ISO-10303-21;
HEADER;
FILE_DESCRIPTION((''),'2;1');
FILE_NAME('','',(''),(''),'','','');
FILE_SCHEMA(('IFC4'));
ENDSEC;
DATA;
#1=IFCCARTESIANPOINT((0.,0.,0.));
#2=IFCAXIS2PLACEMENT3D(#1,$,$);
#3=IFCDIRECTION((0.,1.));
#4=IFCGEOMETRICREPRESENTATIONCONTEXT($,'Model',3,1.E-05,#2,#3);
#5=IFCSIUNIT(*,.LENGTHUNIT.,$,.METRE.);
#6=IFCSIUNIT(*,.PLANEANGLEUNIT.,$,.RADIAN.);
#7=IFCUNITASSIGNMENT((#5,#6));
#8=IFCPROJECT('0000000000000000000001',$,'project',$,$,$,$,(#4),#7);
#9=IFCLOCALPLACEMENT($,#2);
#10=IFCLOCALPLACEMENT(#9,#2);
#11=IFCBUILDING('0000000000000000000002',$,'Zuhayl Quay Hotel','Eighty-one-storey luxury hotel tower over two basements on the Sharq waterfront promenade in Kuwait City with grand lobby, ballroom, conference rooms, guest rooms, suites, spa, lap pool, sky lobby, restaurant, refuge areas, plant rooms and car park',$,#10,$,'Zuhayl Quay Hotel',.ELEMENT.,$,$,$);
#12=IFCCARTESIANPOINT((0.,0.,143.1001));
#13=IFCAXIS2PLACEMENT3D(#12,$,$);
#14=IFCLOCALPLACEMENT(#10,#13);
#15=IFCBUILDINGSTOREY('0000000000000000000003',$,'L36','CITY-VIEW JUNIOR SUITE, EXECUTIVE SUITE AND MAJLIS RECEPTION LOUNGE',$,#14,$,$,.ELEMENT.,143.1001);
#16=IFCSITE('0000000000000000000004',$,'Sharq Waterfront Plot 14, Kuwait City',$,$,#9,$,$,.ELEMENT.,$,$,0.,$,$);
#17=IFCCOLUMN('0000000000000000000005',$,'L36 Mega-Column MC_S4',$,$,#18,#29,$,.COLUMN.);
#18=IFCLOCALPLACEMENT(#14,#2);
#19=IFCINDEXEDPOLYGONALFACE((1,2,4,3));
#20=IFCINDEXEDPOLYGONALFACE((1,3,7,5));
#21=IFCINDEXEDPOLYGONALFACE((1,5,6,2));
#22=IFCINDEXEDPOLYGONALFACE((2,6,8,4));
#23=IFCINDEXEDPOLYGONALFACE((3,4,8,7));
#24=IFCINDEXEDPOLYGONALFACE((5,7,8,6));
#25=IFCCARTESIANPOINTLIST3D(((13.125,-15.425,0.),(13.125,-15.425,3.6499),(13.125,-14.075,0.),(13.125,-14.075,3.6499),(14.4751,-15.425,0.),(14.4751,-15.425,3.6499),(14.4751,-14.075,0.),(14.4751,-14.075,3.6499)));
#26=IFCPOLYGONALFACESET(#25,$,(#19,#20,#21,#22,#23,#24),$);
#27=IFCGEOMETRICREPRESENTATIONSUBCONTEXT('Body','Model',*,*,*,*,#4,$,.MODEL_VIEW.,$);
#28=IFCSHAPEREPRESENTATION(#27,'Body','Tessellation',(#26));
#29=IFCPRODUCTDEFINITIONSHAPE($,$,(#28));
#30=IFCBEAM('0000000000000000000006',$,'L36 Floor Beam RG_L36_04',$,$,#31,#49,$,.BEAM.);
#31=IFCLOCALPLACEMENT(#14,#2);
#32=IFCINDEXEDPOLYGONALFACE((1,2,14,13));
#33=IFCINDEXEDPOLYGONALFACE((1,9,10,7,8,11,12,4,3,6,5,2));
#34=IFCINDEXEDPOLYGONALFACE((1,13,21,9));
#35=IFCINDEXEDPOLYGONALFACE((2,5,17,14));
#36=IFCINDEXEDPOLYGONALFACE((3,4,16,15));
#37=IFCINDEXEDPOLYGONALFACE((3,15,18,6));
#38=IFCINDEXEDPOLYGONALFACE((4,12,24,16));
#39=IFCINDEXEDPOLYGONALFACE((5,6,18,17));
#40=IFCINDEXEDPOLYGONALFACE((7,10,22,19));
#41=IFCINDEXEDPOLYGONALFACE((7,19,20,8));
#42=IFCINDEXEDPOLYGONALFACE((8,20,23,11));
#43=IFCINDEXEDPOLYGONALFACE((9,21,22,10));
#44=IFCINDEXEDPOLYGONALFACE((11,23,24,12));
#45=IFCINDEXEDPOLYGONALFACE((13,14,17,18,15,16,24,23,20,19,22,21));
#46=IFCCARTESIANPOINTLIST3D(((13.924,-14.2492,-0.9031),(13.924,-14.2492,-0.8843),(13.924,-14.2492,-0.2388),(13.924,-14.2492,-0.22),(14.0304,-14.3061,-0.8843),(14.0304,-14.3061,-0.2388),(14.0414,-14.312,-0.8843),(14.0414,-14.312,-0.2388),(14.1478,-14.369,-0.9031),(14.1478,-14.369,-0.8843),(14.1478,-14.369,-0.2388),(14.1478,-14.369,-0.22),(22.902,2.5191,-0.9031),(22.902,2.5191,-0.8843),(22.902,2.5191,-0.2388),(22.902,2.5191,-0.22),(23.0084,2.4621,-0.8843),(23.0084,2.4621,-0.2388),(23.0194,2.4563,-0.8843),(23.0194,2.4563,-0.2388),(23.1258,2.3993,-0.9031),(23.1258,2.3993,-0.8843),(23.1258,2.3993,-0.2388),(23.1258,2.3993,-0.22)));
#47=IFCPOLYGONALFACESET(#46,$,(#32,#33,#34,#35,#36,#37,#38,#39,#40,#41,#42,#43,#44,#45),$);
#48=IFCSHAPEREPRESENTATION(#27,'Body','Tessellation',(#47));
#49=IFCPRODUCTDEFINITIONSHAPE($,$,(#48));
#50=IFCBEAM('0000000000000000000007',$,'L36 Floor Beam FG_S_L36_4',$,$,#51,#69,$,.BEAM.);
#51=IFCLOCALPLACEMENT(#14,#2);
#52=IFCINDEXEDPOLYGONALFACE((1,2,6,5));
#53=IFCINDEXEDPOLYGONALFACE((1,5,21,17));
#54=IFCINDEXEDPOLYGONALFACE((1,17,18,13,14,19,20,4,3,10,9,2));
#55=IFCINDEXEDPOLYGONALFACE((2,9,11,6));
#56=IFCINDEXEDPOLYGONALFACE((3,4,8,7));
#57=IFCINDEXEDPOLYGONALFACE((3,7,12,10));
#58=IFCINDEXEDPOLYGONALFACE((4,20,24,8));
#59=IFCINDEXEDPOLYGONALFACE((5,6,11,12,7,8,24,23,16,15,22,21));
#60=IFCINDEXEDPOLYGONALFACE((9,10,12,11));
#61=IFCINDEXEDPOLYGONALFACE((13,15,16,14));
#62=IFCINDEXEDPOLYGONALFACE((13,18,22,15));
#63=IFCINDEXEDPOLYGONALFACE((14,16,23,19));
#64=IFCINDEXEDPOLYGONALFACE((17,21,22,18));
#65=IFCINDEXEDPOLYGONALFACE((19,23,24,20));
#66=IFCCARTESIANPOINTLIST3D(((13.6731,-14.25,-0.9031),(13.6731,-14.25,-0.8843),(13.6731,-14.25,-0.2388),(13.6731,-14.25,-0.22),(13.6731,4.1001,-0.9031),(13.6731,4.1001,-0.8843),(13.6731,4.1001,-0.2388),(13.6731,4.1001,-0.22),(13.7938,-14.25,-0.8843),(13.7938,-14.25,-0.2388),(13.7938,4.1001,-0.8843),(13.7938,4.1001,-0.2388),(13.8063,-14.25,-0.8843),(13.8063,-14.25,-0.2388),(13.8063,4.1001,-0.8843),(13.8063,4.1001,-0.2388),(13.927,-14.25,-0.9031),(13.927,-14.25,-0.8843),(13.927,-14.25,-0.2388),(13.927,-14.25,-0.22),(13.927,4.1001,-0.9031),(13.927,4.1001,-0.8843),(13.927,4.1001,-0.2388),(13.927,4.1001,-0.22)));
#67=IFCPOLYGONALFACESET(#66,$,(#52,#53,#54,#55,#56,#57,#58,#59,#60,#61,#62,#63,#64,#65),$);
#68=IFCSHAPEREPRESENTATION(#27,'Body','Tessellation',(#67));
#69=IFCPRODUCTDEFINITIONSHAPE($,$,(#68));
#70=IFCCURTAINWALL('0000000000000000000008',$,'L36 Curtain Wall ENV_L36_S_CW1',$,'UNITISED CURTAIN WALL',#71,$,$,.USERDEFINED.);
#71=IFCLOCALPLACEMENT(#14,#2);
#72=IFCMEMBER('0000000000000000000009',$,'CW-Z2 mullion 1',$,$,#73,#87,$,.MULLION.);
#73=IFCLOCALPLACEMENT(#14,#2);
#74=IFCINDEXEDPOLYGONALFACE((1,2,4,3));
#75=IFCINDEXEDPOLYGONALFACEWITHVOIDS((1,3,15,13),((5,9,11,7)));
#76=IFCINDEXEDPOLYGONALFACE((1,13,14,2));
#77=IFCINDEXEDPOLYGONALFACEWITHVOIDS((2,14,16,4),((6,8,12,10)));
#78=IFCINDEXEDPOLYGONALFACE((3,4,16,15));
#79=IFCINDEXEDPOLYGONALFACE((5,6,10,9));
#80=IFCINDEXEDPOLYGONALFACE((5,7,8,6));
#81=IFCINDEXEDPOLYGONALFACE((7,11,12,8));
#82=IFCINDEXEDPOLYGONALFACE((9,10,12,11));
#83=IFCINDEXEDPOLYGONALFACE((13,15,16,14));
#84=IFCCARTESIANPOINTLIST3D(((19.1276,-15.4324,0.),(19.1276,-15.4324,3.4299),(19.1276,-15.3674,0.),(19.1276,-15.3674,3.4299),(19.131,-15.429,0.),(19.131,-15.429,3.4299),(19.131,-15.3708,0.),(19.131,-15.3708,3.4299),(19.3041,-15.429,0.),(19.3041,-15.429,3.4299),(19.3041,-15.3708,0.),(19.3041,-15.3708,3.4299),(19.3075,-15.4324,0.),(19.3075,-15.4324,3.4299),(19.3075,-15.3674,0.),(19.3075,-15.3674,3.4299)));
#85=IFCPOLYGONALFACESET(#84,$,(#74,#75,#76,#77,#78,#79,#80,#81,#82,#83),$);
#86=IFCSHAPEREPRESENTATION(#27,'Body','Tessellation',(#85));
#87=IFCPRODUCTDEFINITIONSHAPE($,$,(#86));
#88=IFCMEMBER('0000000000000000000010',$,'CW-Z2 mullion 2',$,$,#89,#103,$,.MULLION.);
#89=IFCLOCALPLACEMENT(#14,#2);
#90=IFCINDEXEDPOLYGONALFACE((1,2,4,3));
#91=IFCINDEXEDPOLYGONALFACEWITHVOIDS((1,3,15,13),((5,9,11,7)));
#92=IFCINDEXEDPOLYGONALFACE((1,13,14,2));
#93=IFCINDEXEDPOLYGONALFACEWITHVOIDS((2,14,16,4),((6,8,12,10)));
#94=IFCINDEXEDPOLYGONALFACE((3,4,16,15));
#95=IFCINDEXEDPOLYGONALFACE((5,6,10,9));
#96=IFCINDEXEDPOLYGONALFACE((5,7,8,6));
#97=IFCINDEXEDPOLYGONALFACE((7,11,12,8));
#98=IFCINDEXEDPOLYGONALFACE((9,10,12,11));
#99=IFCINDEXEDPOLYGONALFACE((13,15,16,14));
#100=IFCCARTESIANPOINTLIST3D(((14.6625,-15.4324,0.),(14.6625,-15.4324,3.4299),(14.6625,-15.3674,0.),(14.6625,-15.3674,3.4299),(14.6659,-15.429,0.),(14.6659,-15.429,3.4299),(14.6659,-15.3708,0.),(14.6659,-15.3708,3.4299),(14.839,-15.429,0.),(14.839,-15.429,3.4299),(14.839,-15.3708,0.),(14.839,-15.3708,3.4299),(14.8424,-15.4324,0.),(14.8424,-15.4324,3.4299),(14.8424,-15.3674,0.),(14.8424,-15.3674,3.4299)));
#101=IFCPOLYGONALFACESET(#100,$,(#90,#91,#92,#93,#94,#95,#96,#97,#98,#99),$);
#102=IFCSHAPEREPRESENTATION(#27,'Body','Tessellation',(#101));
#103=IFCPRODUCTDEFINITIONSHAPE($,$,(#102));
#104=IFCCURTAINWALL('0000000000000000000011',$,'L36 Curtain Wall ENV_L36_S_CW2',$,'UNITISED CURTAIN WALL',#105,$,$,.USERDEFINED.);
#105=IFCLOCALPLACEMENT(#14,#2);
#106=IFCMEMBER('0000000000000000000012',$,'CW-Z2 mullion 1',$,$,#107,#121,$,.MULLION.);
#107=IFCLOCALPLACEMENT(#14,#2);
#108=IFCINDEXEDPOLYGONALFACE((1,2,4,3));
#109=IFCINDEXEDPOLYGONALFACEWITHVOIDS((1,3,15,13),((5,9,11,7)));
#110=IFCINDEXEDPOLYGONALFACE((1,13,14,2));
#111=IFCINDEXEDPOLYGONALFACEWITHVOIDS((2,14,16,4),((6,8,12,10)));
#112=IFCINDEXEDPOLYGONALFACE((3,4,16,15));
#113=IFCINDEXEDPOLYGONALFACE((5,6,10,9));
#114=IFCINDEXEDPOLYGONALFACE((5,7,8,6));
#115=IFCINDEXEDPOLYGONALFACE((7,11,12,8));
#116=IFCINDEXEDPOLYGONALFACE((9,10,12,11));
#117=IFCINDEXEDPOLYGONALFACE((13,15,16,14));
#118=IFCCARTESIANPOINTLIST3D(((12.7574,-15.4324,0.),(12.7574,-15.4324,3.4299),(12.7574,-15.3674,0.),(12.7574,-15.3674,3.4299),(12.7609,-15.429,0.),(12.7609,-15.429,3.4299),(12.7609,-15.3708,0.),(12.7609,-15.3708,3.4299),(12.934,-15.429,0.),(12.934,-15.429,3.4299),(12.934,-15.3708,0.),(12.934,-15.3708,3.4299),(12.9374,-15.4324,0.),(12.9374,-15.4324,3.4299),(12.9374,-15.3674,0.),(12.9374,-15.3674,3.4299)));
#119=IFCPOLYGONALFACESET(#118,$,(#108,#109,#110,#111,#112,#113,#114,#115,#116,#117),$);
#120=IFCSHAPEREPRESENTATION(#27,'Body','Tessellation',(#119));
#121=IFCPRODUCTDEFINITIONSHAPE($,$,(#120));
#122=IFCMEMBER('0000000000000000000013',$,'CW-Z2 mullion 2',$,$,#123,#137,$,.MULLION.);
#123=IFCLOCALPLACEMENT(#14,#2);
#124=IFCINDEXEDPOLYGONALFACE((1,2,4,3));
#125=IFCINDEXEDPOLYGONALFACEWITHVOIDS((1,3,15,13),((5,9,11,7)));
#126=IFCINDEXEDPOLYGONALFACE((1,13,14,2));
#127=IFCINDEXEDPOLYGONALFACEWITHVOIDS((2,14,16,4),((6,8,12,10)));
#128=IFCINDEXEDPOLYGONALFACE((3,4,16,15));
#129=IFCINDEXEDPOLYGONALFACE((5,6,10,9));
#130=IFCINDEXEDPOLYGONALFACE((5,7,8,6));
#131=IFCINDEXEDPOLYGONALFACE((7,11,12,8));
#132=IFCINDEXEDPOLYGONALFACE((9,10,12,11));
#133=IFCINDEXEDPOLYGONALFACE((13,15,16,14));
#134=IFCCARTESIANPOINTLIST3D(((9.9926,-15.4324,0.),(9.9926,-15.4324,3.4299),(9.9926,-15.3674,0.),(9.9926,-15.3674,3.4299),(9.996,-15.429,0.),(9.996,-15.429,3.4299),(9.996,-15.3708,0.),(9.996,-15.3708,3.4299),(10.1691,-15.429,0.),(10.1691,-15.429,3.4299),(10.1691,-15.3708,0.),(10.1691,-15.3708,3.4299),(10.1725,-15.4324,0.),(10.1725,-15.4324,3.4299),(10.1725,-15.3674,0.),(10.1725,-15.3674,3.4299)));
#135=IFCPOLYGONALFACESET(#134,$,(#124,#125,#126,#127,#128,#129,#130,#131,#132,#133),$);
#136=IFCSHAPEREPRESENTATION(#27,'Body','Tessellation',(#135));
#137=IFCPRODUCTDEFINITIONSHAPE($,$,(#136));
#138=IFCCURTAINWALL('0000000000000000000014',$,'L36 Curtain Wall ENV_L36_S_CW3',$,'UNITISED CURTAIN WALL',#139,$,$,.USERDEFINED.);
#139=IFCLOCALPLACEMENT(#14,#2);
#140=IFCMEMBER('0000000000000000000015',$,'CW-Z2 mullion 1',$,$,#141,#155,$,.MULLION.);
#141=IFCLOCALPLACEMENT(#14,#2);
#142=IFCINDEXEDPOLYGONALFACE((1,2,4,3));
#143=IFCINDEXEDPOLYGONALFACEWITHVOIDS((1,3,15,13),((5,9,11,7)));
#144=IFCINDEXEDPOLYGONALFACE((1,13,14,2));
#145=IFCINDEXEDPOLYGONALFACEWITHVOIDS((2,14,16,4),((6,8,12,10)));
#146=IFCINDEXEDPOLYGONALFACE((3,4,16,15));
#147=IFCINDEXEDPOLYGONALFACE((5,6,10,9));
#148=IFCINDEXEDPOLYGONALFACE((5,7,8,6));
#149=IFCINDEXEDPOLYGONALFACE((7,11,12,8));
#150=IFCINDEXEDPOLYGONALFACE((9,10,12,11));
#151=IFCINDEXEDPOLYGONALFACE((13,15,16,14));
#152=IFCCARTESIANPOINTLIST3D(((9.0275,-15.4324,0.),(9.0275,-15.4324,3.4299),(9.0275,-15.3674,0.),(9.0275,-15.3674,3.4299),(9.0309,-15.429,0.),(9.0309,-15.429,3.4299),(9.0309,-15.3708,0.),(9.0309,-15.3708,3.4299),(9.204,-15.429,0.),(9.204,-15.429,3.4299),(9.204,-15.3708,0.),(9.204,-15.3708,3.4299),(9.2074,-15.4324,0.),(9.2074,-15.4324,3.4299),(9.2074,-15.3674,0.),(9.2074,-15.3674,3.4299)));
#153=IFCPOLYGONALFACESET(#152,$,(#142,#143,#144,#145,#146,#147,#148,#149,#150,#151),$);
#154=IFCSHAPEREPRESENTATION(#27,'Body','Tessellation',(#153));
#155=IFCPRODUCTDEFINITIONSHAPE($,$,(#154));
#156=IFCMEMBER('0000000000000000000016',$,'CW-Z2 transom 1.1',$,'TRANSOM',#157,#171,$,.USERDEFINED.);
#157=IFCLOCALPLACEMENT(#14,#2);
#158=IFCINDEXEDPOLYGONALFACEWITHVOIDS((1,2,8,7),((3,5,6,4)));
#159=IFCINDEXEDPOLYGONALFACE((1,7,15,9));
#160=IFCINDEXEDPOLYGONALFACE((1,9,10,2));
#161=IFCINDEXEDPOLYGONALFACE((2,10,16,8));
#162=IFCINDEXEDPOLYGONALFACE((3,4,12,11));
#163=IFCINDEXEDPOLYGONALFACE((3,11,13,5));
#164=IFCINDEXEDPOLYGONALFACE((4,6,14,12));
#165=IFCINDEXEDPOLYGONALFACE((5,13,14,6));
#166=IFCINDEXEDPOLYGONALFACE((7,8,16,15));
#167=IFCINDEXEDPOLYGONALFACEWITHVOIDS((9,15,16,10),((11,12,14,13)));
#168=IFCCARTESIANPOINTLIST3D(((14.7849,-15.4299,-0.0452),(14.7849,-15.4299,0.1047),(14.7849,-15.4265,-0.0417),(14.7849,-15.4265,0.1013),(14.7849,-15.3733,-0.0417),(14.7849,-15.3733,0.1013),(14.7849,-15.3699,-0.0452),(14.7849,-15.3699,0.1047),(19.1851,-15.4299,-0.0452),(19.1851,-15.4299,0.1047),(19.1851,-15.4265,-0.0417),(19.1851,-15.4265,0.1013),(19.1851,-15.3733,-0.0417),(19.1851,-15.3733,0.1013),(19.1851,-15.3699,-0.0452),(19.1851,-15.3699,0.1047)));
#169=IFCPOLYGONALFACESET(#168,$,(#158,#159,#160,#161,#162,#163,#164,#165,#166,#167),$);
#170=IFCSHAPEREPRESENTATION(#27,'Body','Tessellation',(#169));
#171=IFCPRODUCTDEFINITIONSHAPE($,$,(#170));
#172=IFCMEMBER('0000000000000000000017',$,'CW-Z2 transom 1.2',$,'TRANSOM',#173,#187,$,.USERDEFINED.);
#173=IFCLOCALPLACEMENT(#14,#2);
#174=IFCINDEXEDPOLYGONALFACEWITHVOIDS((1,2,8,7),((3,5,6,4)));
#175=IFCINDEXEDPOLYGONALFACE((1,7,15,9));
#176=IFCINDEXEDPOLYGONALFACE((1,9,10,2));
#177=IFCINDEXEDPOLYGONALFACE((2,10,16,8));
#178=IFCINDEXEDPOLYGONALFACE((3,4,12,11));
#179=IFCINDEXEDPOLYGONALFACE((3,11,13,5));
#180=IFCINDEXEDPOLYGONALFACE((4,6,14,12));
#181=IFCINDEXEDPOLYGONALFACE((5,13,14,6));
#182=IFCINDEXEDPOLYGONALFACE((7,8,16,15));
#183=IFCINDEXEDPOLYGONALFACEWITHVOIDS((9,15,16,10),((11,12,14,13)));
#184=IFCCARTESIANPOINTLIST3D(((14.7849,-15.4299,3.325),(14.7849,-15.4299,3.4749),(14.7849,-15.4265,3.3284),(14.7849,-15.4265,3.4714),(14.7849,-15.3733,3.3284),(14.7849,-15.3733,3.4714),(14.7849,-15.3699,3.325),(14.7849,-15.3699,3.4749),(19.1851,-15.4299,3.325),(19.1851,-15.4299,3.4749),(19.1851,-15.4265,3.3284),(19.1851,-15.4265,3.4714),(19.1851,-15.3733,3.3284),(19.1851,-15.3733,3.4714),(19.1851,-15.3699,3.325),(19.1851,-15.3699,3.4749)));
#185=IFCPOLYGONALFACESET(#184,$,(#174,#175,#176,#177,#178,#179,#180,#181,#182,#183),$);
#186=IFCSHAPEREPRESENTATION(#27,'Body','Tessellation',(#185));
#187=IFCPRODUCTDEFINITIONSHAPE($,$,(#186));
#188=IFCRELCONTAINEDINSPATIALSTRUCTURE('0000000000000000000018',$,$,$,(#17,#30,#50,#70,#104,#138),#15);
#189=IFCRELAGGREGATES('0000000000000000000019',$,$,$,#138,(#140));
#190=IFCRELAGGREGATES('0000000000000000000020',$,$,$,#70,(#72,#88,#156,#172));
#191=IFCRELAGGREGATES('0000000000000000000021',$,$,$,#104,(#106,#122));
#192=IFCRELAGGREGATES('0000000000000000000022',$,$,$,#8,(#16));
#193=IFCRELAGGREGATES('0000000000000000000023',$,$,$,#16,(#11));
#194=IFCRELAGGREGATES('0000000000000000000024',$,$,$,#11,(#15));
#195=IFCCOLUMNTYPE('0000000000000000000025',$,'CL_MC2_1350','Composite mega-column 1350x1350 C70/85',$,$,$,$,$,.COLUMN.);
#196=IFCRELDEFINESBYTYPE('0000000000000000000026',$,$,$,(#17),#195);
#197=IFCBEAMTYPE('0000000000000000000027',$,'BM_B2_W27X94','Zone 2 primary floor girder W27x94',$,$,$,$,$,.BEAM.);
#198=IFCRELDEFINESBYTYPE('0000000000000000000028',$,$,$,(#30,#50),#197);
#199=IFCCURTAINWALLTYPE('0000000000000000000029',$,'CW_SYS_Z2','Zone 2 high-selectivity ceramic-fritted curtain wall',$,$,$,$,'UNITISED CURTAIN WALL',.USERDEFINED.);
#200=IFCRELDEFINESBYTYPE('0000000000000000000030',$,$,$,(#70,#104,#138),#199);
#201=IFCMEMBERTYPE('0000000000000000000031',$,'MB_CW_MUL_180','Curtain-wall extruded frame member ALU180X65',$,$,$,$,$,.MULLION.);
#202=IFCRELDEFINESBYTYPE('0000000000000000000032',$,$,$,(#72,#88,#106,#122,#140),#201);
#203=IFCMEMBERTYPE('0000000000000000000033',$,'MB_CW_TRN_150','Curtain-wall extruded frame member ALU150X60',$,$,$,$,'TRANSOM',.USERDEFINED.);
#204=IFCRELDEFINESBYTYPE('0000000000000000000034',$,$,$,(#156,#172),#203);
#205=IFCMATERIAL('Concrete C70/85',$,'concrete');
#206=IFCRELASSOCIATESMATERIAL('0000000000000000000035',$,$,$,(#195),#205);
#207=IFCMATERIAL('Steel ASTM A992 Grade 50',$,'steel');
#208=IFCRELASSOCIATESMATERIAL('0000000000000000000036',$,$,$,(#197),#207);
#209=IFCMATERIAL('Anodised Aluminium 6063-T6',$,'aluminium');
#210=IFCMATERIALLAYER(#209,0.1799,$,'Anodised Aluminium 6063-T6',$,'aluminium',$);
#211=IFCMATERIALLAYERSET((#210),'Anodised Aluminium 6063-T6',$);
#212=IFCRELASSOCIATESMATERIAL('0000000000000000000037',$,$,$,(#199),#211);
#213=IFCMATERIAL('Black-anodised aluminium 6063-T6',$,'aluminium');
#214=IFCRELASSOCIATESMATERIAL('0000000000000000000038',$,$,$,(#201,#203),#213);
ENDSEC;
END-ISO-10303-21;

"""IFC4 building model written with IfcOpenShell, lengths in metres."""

from ifc_helpers import new_model, si_unit, direction, frame, origin, origin_2d, place, context, subcontext, project, spatial, rectangle, hollow_rectangle, i_section, extrude, material, layer, layer_set, material_profile, profile_set, type_object, element, aggregate, save


model = new_model("IFC4")

# Units and contexts
model_context = context("Model", 3, precision=1e-05, world=origin(), true_north=direction((0.0, 1.0)))
body_context = subcontext(model_context, "Body", "Model", "MODEL_VIEW")
ifc_project = project(units=[si_unit("LENGTHUNIT", "METRE"), si_unit("PLANEANGLEUNIT", "RADIAN")], contexts=[model_context])

# Site, building, storey
site_placement = place(None, origin())
site = spatial("IfcSite", under=ifc_project, at=site_placement, Name="Sharq Waterfront Plot 14, Kuwait City", CompositionType="ELEMENT", RefElevation=0.0)
building_placement = place(site_placement, origin())
building = spatial("IfcBuilding", under=site, at=building_placement, Name="Zuhayl Quay Hotel", Description="Eighty-one-storey luxury hotel tower over two basements on the Sharq waterfront promenade in Kuwait City with grand lobby, ballroom, conference rooms, guest rooms, suites, spa, lap pool, sky lobby, restaurant, refuge areas, plant rooms and car park", LongName="Zuhayl Quay Hotel", CompositionType="ELEMENT")
storey_placement = place(building_placement, frame((0.0, 0.0, 143.1001)))
storey = spatial("IfcBuildingStorey", under=building, at=storey_placement, Name="L36", Description="CITY-VIEW JUNIOR SUITE, EXECUTIVE SUITE AND MAJLIS RECEPTION LOUNGE", CompositionType="ELEMENT", Elevation=143.1001)

# Column
ifc_material_1 = material(Name="Concrete C70/85", Category="concrete")
ifc_material_profile_1 = material_profile(ifc_material_1, rectangle(XDim=1.3501, YDim=1.3501, at=origin_2d()), Name="RC1350X1350")
ifc_profile_set_1 = profile_set([ifc_material_profile_1], Name="Concrete C70/85")
column_type = type_object("IfcColumnType", Name="CL_MC2_1350", Description="Composite mega-column 1350x1350 C70/85", PredefinedType="COLUMN", material=ifc_profile_set_1)
column_placement = place(storey_placement, frame((13.8, -14.75, 0.0), z_axis=(0.0, 0.0, 1.0), x_axis=(1.0, 0.0, 0.0)))
element("IfcColumn", 1, at=column_placement, inside=storey, type_object=column_type, Name="L36 Mega-Column MC_S4", PredefinedType="COLUMN", context=body_context, shape_type="SweptSolid", body=[
    extrude(rectangle(XDim=1.3501, YDim=1.3501, at=origin_2d()), origin(), (0.0, 0.0, 1.0), 3.6499),
])

# Beams
ifc_material_2 = material(Name="Steel ASTM A992 Grade 50", Category="steel")
ifc_material_profile_2 = material_profile(ifc_material_2, i_section(OverallWidth=0.2539, OverallDepth=0.6831, WebThickness=0.0125, FlangeThickness=0.0188, at=origin_2d()), Name="W27X94")
ifc_profile_set_2 = profile_set([ifc_material_profile_2], Name="Steel ASTM A992 Grade 50")
beam_type = type_object("IfcBeamType", Name="BM_B2_W27X94", Description="Zone 2 primary floor girder W27x94", PredefinedType="BEAM", material=ifc_profile_set_2)
beam_1_placement = place(storey_placement, frame((14.0359, -14.3091, -0.5615), z_axis=(0.472017, 0.881589, 0.0), x_axis=(-0.881589, 0.472017, 0.0)))
element("IfcBeam", 2, at=beam_1_placement, inside=storey, type_object=beam_type, Name="L36 Floor Beam RG_L36_04", PredefinedType="BEAM", context=body_context, shape_type="SweptSolid", body=[
    extrude(i_section(OverallWidth=0.2539, OverallDepth=0.6831, WebThickness=0.0125, FlangeThickness=0.0188, at=origin_2d()), origin(), (0.0, 0.0, 1.0), 19.0205),
])
beam_2_placement = place(storey_placement, frame((13.8, -14.25, -0.5615), z_axis=(0.0, 1.0, 0.0), x_axis=(-1.0, 0.0, 0.0)))
element("IfcBeam", 3, at=beam_2_placement, inside=storey, type_object=beam_type, Name="L36 Floor Beam FG_S_L36_4", PredefinedType="BEAM", context=body_context, shape_type="SweptSolid", body=[
    extrude(i_section(OverallWidth=0.2539, OverallDepth=0.6831, WebThickness=0.0125, FlangeThickness=0.0188, at=origin_2d()), origin(), (0.0, 0.0, 1.0), 18.3501),
])

# Curtain walls, members
ifc_material_3 = material(Name="Anodised Aluminium 6063-T6", Category="aluminium")
ifc_layer_1 = layer(ifc_material_3, 0.1799, Name="Anodised Aluminium 6063-T6", Category="aluminium")
ifc_layer_set_1 = layer_set([ifc_layer_1], Name="Anodised Aluminium 6063-T6")
curtain_wall_type = type_object("IfcCurtainWallType", Name="CW_SYS_Z2", Description="Zone 2 high-selectivity ceramic-fritted curtain wall", ElementType="UNITISED CURTAIN WALL", PredefinedType="USERDEFINED", material=ifc_layer_set_1)
curtain_wall_1_placement = place(storey_placement, origin())
curtain_wall_1 = element("IfcCurtainWall", 4, at=curtain_wall_1_placement, inside=storey, type_object=curtain_wall_type, Name="L36 Curtain Wall ENV_L36_S_CW1", ObjectType="UNITISED CURTAIN WALL", PredefinedType="USERDEFINED")
ifc_material_4 = material(Name="Black-anodised aluminium 6063-T6", Category="aluminium")
ifc_material_profile_3 = material_profile(ifc_material_4, hollow_rectangle(XDim=0.0649, YDim=0.1799, WallThickness=0.0034, at=origin_2d()), Name="ALU180X65")
ifc_profile_set_3 = profile_set([ifc_material_profile_3], Name="Black-anodised aluminium 6063-T6")
member_type_1 = type_object("IfcMemberType", Name="MB_CW_MUL_180", Description="Curtain-wall extruded frame member ALU180X65", PredefinedType="MULLION", material=ifc_profile_set_3)
member_1_placement = place(storey_placement, frame((19.2175, -15.3999, 0.0), z_axis=(0.0, 0.0, 1.0), x_axis=(0.0, -1.0, 0.0)))
member_1 = element("IfcMember", 5, at=member_1_placement, type_object=member_type_1, Name="CW-Z2 mullion 1", PredefinedType="MULLION", context=body_context, shape_type="SweptSolid", body=[
    extrude(hollow_rectangle(XDim=0.0649, YDim=0.1799, WallThickness=0.0034, at=origin_2d()), origin(), (0.0, 0.0, 1.0), 3.4299),
])
member_2_placement = place(storey_placement, frame((14.7524, -15.3999, 0.0), z_axis=(0.0, 0.0, 1.0), x_axis=(0.0, -1.0, 0.0)))
member_2 = element("IfcMember", 6, at=member_2_placement, type_object=member_type_1, Name="CW-Z2 mullion 2", PredefinedType="MULLION", context=body_context, shape_type="SweptSolid", body=[
    extrude(hollow_rectangle(XDim=0.0649, YDim=0.1799, WallThickness=0.0034, at=origin_2d()), origin(), (0.0, 0.0, 1.0), 3.4299),
])
curtain_wall_2_placement = place(storey_placement, origin())
curtain_wall_2 = element("IfcCurtainWall", 7, at=curtain_wall_2_placement, inside=storey, type_object=curtain_wall_type, Name="L36 Curtain Wall ENV_L36_S_CW2", ObjectType="UNITISED CURTAIN WALL", PredefinedType="USERDEFINED")
member_3_placement = place(storey_placement, frame((12.8474, -15.3999, 0.0), z_axis=(0.0, 0.0, 1.0), x_axis=(0.0, -1.0, 0.0)))
member_3 = element("IfcMember", 8, at=member_3_placement, type_object=member_type_1, Name="CW-Z2 mullion 1", PredefinedType="MULLION", context=body_context, shape_type="SweptSolid", body=[
    extrude(hollow_rectangle(XDim=0.0649, YDim=0.1799, WallThickness=0.0034, at=origin_2d()), origin(), (0.0, 0.0, 1.0), 3.4299),
])
member_4_placement = place(storey_placement, frame((10.0825, -15.3999, 0.0), z_axis=(0.0, 0.0, 1.0), x_axis=(0.0, -1.0, 0.0)))
member_4 = element("IfcMember", 9, at=member_4_placement, type_object=member_type_1, Name="CW-Z2 mullion 2", PredefinedType="MULLION", context=body_context, shape_type="SweptSolid", body=[
    extrude(hollow_rectangle(XDim=0.0649, YDim=0.1799, WallThickness=0.0034, at=origin_2d()), origin(), (0.0, 0.0, 1.0), 3.4299),
])

# Curtain wall, member
curtain_wall_3_placement = place(storey_placement, origin())
curtain_wall_3 = element("IfcCurtainWall", 10, at=curtain_wall_3_placement, inside=storey, type_object=curtain_wall_type, Name="L36 Curtain Wall ENV_L36_S_CW3", ObjectType="UNITISED CURTAIN WALL", PredefinedType="USERDEFINED")
member_5_placement = place(storey_placement, frame((9.1174, -15.3999, 0.0), z_axis=(0.0, 0.0, 1.0), x_axis=(0.0, -1.0, 0.0)))
member_5 = element("IfcMember", 11, at=member_5_placement, type_object=member_type_1, Name="CW-Z2 mullion 1", PredefinedType="MULLION", context=body_context, shape_type="SweptSolid", body=[
    extrude(hollow_rectangle(XDim=0.0649, YDim=0.1799, WallThickness=0.0034, at=origin_2d()), origin(), (0.0, 0.0, 1.0), 3.4299),
])

# Members
ifc_material_profile_4 = material_profile(ifc_material_4, hollow_rectangle(XDim=0.0601, YDim=0.1499, WallThickness=0.0034, at=origin_2d()), Name="ALU150X60")
ifc_profile_set_4 = profile_set([ifc_material_profile_4], Name="Black-anodised aluminium 6063-T6")
member_type_2 = type_object("IfcMemberType", Name="MB_CW_TRN_150", Description="Curtain-wall extruded frame member ALU150X60", ElementType="TRANSOM", PredefinedType="USERDEFINED", material=ifc_profile_set_4)
member_6_placement = place(storey_placement, frame((19.1851, -15.3999, 0.0298), z_axis=(-1.0, 0.0, 0.0), x_axis=(0.0, -1.0, 0.0)))
member_6 = element("IfcMember", 12, at=member_6_placement, type_object=member_type_2, Name="CW-Z2 transom 1.1", ObjectType="TRANSOM", PredefinedType="USERDEFINED", context=body_context, shape_type="SweptSolid", body=[
    extrude(hollow_rectangle(XDim=0.0601, YDim=0.1499, WallThickness=0.0034, at=origin_2d()), origin(), (0.0, 0.0, 1.0), 4.4001),
])
member_7_placement = place(storey_placement, frame((19.1851, -15.3999, 3.3999), z_axis=(-1.0, 0.0, 0.0), x_axis=(0.0, -1.0, 0.0)))
member_7 = element("IfcMember", 13, at=member_7_placement, type_object=member_type_2, Name="CW-Z2 transom 1.2", ObjectType="TRANSOM", PredefinedType="USERDEFINED", context=body_context, shape_type="SweptSolid", body=[
    extrude(hollow_rectangle(XDim=0.0601, YDim=0.1499, WallThickness=0.0034, at=origin_2d()), origin(), (0.0, 0.0, 1.0), 4.4001),
])
aggregate(curtain_wall_3, [member_5])

aggregate(curtain_wall_1, [member_1, member_2, member_6, member_7])
aggregate(curtain_wall_2, [member_3, member_4])

save(model, "model.ifc")
